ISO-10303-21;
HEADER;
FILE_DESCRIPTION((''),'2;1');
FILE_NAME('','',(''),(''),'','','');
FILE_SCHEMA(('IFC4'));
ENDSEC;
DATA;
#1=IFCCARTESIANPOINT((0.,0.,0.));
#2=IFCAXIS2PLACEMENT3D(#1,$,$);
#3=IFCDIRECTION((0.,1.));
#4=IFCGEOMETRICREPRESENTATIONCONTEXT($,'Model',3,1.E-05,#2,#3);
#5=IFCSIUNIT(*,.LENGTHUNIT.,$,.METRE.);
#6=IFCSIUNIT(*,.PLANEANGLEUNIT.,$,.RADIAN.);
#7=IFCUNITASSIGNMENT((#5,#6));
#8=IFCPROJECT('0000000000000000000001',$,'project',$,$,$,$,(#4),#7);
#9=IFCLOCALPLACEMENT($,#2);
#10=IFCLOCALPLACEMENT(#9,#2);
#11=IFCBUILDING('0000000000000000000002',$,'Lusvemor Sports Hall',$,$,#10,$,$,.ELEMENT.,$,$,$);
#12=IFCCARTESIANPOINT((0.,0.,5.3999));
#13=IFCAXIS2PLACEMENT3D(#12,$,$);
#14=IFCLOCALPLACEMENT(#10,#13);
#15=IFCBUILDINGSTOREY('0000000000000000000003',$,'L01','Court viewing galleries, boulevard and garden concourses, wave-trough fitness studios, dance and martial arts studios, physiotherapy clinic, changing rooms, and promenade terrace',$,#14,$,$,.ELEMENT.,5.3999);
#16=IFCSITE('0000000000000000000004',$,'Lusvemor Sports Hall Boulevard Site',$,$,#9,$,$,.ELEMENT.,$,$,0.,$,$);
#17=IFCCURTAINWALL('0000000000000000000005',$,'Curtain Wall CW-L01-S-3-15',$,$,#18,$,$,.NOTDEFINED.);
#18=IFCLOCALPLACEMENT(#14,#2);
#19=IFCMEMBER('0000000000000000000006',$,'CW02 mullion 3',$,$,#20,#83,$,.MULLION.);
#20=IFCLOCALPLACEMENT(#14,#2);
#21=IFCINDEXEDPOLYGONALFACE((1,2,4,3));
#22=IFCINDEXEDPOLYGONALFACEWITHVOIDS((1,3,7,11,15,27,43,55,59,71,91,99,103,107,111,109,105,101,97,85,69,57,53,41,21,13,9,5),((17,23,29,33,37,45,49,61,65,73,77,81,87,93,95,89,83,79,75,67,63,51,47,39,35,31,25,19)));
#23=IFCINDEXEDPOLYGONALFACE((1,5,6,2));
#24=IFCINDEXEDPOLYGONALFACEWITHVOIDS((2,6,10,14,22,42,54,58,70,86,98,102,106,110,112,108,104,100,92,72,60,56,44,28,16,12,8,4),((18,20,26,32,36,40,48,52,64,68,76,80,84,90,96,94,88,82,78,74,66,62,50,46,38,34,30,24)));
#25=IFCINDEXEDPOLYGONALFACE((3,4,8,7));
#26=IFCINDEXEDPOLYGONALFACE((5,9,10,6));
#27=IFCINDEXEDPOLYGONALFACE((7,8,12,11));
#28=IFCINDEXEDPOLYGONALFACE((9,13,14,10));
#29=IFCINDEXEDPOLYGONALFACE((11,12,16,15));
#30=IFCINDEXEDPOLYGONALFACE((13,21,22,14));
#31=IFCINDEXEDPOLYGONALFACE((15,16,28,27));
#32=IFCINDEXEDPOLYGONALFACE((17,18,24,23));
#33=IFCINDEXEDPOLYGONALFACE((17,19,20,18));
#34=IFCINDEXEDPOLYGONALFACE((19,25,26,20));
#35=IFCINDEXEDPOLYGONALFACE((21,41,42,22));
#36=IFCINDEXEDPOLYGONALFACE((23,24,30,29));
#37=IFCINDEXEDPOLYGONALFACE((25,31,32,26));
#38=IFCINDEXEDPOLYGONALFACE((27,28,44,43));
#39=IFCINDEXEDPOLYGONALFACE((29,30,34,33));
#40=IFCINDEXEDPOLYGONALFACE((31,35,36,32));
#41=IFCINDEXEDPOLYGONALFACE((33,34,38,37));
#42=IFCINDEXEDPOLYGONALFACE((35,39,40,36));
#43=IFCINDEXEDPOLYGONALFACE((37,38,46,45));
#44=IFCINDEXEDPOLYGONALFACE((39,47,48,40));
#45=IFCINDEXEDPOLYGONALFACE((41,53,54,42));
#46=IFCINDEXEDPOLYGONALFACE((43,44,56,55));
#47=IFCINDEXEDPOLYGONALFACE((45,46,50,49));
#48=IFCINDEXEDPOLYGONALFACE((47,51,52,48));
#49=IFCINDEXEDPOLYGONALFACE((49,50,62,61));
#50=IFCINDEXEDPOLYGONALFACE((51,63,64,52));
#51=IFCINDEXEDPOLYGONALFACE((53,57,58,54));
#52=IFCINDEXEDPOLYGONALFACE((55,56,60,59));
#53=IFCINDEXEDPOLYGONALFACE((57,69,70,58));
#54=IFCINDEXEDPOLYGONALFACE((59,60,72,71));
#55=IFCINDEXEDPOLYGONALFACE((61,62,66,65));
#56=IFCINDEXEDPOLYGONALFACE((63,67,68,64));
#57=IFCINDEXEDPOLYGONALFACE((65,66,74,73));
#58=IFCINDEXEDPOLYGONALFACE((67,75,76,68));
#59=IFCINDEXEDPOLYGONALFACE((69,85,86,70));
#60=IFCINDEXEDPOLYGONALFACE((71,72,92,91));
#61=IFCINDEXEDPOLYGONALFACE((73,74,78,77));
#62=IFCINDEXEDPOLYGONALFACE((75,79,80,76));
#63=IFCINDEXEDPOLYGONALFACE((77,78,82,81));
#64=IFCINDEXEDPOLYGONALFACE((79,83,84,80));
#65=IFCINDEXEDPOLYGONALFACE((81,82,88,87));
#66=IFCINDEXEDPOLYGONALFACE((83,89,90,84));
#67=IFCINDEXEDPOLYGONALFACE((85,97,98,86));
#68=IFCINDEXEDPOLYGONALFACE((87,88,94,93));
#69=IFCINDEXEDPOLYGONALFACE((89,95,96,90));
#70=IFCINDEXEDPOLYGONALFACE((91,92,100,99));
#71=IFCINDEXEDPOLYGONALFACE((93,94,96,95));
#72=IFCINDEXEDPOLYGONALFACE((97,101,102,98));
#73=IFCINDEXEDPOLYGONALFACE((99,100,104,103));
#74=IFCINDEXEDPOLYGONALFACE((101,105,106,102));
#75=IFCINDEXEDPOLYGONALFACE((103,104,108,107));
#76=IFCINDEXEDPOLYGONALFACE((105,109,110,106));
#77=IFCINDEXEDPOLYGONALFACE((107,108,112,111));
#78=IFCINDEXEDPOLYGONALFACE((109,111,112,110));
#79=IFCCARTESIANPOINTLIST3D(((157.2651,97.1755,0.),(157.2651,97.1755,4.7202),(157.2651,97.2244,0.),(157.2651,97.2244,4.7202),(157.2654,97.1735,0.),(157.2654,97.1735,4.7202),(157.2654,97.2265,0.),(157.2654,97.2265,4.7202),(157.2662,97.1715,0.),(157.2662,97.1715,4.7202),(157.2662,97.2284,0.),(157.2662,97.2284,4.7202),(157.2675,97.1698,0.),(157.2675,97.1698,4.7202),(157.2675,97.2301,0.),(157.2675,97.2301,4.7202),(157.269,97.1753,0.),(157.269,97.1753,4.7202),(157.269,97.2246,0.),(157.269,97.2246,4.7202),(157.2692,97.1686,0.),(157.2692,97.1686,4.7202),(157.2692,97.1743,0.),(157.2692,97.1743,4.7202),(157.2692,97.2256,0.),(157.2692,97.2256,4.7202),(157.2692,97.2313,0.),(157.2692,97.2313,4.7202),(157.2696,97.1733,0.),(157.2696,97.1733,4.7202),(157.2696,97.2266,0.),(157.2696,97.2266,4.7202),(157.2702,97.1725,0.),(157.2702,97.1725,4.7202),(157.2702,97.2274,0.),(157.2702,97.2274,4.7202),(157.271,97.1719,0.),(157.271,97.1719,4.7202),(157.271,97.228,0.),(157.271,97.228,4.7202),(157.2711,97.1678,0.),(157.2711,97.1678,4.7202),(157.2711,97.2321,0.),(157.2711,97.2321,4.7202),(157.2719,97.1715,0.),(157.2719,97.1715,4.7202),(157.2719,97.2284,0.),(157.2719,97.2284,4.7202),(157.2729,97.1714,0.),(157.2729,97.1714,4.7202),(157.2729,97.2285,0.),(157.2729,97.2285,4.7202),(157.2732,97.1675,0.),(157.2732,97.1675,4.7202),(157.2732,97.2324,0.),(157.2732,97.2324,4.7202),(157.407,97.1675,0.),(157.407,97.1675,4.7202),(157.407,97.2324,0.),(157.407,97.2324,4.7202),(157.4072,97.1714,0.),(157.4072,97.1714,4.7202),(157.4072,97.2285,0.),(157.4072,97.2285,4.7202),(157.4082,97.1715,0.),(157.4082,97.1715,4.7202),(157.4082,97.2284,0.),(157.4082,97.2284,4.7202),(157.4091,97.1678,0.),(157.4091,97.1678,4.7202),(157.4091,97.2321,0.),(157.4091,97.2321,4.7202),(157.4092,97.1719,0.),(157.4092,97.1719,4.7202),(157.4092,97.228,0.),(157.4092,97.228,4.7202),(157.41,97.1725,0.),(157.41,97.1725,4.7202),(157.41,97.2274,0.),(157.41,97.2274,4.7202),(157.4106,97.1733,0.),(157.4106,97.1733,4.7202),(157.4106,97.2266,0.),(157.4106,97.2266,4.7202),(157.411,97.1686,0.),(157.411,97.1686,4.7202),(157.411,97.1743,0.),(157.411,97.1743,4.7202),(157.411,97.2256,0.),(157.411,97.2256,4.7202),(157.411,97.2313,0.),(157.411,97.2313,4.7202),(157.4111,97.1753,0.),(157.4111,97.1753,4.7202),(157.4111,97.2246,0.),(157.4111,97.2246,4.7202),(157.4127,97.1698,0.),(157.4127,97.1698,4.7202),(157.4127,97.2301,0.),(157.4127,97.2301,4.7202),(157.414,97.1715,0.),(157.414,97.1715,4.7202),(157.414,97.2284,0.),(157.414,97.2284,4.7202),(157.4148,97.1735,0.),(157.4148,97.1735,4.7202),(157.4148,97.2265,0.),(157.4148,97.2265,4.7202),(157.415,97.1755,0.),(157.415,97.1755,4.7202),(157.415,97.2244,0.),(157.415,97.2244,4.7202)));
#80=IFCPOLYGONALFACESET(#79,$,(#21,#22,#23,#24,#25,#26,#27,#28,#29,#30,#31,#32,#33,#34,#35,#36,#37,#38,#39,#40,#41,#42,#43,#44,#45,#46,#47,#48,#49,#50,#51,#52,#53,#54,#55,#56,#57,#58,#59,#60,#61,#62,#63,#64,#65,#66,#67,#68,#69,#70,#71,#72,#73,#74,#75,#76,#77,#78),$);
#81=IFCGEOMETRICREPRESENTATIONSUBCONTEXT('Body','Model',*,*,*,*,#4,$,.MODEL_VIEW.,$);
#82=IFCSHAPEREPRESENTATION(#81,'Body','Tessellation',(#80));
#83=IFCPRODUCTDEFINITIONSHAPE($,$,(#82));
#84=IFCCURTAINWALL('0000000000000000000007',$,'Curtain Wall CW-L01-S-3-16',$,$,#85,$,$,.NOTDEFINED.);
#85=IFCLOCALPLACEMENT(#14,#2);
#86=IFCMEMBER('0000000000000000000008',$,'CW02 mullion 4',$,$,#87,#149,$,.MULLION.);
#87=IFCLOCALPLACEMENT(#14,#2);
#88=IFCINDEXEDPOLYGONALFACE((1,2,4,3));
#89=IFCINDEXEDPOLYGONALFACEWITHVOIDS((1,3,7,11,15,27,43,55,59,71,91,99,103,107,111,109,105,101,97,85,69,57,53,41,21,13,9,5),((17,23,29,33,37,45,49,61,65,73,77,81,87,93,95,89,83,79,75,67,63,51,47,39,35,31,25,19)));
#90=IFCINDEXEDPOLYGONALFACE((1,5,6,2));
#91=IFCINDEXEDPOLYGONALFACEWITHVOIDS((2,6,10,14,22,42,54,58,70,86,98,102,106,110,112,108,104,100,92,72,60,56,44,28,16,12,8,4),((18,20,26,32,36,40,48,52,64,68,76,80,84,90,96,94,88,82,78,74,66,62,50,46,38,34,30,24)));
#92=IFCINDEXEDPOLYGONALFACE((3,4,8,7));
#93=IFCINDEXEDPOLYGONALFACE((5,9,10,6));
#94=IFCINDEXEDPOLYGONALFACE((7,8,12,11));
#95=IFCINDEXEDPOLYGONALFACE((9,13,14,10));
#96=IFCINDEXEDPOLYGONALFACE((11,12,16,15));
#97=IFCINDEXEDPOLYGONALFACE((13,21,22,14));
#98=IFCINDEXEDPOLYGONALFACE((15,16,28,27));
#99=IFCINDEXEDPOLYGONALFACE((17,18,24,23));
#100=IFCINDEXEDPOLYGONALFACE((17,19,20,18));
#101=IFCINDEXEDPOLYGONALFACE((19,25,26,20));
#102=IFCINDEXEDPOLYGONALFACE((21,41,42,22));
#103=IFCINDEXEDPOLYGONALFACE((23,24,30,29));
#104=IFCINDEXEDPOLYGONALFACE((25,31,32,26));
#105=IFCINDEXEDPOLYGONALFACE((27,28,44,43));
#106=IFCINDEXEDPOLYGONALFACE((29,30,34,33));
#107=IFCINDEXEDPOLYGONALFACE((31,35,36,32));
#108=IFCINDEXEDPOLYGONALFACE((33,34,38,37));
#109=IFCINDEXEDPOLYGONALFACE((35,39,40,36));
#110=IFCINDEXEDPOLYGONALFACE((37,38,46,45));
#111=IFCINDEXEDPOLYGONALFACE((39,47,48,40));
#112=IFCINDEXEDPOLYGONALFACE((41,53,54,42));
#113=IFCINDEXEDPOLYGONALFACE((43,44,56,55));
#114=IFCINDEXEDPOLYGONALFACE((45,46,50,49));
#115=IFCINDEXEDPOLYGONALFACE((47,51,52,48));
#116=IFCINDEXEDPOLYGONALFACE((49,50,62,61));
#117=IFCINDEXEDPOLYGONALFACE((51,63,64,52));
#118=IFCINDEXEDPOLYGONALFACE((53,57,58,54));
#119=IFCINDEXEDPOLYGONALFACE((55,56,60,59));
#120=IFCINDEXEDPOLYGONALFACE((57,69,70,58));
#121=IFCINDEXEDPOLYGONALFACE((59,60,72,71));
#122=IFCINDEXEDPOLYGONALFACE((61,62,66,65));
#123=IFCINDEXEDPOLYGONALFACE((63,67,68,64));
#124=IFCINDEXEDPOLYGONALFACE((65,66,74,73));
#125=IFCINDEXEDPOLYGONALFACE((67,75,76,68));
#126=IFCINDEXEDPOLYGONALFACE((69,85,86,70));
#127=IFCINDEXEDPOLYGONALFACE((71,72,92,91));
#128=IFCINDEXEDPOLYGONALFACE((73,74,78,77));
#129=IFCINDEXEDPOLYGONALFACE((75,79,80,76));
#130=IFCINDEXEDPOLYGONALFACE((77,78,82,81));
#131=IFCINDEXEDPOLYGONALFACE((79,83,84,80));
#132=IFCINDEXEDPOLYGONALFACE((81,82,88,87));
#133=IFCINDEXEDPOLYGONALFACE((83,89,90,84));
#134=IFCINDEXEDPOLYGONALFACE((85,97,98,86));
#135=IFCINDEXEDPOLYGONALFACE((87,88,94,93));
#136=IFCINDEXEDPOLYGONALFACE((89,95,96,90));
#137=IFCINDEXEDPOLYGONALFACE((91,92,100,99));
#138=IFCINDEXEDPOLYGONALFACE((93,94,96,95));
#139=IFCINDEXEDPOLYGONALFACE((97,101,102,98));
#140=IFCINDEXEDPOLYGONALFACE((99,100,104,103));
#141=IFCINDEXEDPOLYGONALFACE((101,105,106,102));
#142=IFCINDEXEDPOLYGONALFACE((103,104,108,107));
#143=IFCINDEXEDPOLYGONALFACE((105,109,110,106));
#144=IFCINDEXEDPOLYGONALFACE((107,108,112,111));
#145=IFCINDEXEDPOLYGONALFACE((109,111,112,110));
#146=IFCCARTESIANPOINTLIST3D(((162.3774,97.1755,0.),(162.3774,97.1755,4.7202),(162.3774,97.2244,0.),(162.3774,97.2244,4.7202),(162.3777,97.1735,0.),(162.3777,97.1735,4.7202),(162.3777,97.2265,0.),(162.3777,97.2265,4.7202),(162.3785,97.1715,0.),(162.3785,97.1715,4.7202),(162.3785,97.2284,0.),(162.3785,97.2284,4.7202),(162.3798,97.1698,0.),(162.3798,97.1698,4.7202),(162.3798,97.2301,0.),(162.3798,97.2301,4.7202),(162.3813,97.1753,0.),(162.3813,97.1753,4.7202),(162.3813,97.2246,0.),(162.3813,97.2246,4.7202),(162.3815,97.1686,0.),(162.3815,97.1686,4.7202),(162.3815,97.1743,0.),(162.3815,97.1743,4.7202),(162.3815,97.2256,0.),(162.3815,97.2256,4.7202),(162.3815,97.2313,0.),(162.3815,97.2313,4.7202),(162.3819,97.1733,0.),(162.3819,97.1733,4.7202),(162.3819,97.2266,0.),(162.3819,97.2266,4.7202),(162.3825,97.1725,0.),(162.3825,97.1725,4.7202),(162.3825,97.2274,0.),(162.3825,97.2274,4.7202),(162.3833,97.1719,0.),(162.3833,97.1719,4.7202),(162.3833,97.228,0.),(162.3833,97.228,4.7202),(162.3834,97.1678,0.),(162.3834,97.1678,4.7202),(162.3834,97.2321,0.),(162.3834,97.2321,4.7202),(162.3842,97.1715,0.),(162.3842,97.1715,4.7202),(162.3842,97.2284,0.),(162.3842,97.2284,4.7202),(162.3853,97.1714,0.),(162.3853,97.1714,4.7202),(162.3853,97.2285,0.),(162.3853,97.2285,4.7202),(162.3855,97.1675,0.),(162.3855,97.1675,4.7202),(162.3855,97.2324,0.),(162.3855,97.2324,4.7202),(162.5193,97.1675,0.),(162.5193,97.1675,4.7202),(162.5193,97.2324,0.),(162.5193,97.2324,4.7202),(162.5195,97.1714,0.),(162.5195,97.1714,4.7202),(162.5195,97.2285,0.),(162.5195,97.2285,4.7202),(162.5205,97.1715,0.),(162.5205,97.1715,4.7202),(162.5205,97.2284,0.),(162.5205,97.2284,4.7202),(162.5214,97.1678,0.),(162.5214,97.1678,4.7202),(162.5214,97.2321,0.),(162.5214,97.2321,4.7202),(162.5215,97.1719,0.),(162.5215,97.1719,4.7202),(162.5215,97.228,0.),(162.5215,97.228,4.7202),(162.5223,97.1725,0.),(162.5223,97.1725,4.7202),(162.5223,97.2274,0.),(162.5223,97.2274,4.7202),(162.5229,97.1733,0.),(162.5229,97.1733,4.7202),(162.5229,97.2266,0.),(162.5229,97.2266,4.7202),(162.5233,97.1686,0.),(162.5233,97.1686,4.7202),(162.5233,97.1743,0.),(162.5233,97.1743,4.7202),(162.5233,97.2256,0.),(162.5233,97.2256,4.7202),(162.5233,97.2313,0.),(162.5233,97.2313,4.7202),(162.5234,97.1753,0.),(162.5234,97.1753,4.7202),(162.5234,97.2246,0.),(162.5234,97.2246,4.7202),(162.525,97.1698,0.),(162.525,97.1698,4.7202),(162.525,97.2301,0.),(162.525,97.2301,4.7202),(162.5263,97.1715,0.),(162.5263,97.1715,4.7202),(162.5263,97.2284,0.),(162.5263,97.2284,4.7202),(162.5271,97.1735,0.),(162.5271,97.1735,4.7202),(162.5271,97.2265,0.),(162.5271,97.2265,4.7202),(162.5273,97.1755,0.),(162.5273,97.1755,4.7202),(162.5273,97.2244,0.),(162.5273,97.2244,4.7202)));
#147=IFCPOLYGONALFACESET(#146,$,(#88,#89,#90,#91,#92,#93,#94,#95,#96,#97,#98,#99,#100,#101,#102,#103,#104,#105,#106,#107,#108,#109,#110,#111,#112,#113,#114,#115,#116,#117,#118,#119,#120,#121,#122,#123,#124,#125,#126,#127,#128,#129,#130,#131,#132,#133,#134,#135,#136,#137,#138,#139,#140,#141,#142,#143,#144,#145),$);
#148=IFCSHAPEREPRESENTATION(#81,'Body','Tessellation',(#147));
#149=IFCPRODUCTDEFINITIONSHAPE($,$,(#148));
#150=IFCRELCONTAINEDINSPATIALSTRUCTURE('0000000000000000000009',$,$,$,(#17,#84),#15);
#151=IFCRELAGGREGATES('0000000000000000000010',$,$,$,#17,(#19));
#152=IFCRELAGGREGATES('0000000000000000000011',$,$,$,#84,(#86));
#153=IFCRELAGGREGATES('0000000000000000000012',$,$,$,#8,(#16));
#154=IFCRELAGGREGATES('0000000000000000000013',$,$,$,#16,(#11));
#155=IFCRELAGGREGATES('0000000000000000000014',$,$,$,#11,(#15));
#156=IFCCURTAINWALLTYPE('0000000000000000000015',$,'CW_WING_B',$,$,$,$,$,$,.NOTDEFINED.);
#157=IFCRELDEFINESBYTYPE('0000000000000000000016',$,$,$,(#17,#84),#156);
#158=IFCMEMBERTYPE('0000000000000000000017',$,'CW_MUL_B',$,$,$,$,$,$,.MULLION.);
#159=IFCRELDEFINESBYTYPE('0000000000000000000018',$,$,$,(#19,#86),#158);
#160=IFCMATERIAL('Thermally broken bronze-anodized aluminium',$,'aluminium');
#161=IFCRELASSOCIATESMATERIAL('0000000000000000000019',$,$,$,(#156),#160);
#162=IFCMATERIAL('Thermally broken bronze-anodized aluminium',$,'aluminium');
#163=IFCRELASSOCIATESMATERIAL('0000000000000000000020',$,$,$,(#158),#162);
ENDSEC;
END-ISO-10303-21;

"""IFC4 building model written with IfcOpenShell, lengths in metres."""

from ifc_helpers import new_model, si_unit, direction, frame, origin, origin_2d, place, context, subcontext, project, spatial, hollow_rectangle, extrude, material, material_profile, profile_set, type_object, element, aggregate, save


model = new_model("IFC4")

# Units and contexts
model_context = context("Model", 3, precision=1e-05, world=origin(), true_north=direction((0.0, 1.0)))
body_context = subcontext(model_context, "Body", "Model", "MODEL_VIEW")
ifc_project = project(units=[si_unit("LENGTHUNIT", "METRE"), si_unit("PLANEANGLEUNIT", "RADIAN")], contexts=[model_context])

# Site, building, storey
site_placement = place(None, origin())
site = spatial("IfcSite", under=ifc_project, at=site_placement, Name="Lusvemor Sports Hall Boulevard Site", CompositionType="ELEMENT", RefElevation=0.0)
building_placement = place(site_placement, origin())
building = spatial("IfcBuilding", under=site, at=building_placement, Name="Lusvemor Sports Hall", CompositionType="ELEMENT")
storey_placement = place(building_placement, frame((0.0, 0.0, 5.3999)))
storey = spatial("IfcBuildingStorey", under=building, at=storey_placement, Name="L01", Description="Court viewing galleries, boulevard and garden concourses, wave-trough fitness studios, dance and martial arts studios, physiotherapy clinic, changing rooms, and promenade terrace", CompositionType="ELEMENT", Elevation=5.3999)

# Curtain wall, member
ifc_material_1 = material(Name="Thermally broken bronze-anodized aluminium", Category="aluminium")
curtain_wall_type = type_object("IfcCurtainWallType", Name="CW_WING_B", PredefinedType="NOTDEFINED", material=ifc_material_1)
curtain_wall_1_placement = place(storey_placement, origin())
curtain_wall_1 = element("IfcCurtainWall", 1, at=curtain_wall_1_placement, inside=storey, type_object=curtain_wall_type, Name="Curtain Wall CW-L01-S-3-15", PredefinedType="NOTDEFINED")
ifc_material_2 = material(Name="Thermally broken bronze-anodized aluminium", Category="aluminium")
ifc_material_profile_1 = material_profile(ifc_material_2, hollow_rectangle(XDim=0.0649, YDim=0.1499, WallThickness=0.0039, InnerFilletRadius=0.0039, OuterFilletRadius=0.0081, at=origin_2d()), Name="CWMUL150x65x4")
ifc_profile_set_1 = profile_set([ifc_material_profile_1], Name="Thermally broken bronze-anodized aluminium")
member_type_1 = type_object("IfcMemberType", Name="CW_MUL_B", PredefinedType="MULLION", material=ifc_profile_set_1)
member_1_placement = place(storey_placement, frame((157.3401, 97.2, 0.0), z_axis=(0.0, 0.0, 1.0), x_axis=(0.0, -1.0, 0.0)))
member_1 = element("IfcMember", 2, at=member_1_placement, type_object=member_type_1, Name="CW02 mullion 3", PredefinedType="MULLION", context=body_context, shape_type="SweptSolid", body=[
    extrude(hollow_rectangle(XDim=0.0649, YDim=0.1499, WallThickness=0.0039, InnerFilletRadius=0.0039, OuterFilletRadius=0.0081, at=origin_2d()), origin(), (0.0, 0.0, 1.0), 4.7202),
])

# Curtain wall, member
curtain_wall_2_placement = place(storey_placement, origin())
curtain_wall_2 = element("IfcCurtainWall", 3, at=curtain_wall_2_placement, inside=storey, type_object=curtain_wall_type, Name="Curtain Wall CW-L01-S-3-16", PredefinedType="NOTDEFINED")
member_2_placement = place(storey_placement, frame((162.4524, 97.2, 0.0), z_axis=(0.0, 0.0, 1.0), x_axis=(0.0, -1.0, 0.0)))
member_2 = element("IfcMember", 4, at=member_2_placement, type_object=member_type_1, Name="CW02 mullion 4", PredefinedType="MULLION", context=body_context, shape_type="SweptSolid", body=[
    extrude(hollow_rectangle(XDim=0.0649, YDim=0.1499, WallThickness=0.0039, InnerFilletRadius=0.0039, OuterFilletRadius=0.0081, at=origin_2d()), origin(), (0.0, 0.0, 1.0), 4.7202),
])

aggregate(curtain_wall_1, [member_1])
aggregate(curtain_wall_2, [member_2])

save(model, "model.ifc")
